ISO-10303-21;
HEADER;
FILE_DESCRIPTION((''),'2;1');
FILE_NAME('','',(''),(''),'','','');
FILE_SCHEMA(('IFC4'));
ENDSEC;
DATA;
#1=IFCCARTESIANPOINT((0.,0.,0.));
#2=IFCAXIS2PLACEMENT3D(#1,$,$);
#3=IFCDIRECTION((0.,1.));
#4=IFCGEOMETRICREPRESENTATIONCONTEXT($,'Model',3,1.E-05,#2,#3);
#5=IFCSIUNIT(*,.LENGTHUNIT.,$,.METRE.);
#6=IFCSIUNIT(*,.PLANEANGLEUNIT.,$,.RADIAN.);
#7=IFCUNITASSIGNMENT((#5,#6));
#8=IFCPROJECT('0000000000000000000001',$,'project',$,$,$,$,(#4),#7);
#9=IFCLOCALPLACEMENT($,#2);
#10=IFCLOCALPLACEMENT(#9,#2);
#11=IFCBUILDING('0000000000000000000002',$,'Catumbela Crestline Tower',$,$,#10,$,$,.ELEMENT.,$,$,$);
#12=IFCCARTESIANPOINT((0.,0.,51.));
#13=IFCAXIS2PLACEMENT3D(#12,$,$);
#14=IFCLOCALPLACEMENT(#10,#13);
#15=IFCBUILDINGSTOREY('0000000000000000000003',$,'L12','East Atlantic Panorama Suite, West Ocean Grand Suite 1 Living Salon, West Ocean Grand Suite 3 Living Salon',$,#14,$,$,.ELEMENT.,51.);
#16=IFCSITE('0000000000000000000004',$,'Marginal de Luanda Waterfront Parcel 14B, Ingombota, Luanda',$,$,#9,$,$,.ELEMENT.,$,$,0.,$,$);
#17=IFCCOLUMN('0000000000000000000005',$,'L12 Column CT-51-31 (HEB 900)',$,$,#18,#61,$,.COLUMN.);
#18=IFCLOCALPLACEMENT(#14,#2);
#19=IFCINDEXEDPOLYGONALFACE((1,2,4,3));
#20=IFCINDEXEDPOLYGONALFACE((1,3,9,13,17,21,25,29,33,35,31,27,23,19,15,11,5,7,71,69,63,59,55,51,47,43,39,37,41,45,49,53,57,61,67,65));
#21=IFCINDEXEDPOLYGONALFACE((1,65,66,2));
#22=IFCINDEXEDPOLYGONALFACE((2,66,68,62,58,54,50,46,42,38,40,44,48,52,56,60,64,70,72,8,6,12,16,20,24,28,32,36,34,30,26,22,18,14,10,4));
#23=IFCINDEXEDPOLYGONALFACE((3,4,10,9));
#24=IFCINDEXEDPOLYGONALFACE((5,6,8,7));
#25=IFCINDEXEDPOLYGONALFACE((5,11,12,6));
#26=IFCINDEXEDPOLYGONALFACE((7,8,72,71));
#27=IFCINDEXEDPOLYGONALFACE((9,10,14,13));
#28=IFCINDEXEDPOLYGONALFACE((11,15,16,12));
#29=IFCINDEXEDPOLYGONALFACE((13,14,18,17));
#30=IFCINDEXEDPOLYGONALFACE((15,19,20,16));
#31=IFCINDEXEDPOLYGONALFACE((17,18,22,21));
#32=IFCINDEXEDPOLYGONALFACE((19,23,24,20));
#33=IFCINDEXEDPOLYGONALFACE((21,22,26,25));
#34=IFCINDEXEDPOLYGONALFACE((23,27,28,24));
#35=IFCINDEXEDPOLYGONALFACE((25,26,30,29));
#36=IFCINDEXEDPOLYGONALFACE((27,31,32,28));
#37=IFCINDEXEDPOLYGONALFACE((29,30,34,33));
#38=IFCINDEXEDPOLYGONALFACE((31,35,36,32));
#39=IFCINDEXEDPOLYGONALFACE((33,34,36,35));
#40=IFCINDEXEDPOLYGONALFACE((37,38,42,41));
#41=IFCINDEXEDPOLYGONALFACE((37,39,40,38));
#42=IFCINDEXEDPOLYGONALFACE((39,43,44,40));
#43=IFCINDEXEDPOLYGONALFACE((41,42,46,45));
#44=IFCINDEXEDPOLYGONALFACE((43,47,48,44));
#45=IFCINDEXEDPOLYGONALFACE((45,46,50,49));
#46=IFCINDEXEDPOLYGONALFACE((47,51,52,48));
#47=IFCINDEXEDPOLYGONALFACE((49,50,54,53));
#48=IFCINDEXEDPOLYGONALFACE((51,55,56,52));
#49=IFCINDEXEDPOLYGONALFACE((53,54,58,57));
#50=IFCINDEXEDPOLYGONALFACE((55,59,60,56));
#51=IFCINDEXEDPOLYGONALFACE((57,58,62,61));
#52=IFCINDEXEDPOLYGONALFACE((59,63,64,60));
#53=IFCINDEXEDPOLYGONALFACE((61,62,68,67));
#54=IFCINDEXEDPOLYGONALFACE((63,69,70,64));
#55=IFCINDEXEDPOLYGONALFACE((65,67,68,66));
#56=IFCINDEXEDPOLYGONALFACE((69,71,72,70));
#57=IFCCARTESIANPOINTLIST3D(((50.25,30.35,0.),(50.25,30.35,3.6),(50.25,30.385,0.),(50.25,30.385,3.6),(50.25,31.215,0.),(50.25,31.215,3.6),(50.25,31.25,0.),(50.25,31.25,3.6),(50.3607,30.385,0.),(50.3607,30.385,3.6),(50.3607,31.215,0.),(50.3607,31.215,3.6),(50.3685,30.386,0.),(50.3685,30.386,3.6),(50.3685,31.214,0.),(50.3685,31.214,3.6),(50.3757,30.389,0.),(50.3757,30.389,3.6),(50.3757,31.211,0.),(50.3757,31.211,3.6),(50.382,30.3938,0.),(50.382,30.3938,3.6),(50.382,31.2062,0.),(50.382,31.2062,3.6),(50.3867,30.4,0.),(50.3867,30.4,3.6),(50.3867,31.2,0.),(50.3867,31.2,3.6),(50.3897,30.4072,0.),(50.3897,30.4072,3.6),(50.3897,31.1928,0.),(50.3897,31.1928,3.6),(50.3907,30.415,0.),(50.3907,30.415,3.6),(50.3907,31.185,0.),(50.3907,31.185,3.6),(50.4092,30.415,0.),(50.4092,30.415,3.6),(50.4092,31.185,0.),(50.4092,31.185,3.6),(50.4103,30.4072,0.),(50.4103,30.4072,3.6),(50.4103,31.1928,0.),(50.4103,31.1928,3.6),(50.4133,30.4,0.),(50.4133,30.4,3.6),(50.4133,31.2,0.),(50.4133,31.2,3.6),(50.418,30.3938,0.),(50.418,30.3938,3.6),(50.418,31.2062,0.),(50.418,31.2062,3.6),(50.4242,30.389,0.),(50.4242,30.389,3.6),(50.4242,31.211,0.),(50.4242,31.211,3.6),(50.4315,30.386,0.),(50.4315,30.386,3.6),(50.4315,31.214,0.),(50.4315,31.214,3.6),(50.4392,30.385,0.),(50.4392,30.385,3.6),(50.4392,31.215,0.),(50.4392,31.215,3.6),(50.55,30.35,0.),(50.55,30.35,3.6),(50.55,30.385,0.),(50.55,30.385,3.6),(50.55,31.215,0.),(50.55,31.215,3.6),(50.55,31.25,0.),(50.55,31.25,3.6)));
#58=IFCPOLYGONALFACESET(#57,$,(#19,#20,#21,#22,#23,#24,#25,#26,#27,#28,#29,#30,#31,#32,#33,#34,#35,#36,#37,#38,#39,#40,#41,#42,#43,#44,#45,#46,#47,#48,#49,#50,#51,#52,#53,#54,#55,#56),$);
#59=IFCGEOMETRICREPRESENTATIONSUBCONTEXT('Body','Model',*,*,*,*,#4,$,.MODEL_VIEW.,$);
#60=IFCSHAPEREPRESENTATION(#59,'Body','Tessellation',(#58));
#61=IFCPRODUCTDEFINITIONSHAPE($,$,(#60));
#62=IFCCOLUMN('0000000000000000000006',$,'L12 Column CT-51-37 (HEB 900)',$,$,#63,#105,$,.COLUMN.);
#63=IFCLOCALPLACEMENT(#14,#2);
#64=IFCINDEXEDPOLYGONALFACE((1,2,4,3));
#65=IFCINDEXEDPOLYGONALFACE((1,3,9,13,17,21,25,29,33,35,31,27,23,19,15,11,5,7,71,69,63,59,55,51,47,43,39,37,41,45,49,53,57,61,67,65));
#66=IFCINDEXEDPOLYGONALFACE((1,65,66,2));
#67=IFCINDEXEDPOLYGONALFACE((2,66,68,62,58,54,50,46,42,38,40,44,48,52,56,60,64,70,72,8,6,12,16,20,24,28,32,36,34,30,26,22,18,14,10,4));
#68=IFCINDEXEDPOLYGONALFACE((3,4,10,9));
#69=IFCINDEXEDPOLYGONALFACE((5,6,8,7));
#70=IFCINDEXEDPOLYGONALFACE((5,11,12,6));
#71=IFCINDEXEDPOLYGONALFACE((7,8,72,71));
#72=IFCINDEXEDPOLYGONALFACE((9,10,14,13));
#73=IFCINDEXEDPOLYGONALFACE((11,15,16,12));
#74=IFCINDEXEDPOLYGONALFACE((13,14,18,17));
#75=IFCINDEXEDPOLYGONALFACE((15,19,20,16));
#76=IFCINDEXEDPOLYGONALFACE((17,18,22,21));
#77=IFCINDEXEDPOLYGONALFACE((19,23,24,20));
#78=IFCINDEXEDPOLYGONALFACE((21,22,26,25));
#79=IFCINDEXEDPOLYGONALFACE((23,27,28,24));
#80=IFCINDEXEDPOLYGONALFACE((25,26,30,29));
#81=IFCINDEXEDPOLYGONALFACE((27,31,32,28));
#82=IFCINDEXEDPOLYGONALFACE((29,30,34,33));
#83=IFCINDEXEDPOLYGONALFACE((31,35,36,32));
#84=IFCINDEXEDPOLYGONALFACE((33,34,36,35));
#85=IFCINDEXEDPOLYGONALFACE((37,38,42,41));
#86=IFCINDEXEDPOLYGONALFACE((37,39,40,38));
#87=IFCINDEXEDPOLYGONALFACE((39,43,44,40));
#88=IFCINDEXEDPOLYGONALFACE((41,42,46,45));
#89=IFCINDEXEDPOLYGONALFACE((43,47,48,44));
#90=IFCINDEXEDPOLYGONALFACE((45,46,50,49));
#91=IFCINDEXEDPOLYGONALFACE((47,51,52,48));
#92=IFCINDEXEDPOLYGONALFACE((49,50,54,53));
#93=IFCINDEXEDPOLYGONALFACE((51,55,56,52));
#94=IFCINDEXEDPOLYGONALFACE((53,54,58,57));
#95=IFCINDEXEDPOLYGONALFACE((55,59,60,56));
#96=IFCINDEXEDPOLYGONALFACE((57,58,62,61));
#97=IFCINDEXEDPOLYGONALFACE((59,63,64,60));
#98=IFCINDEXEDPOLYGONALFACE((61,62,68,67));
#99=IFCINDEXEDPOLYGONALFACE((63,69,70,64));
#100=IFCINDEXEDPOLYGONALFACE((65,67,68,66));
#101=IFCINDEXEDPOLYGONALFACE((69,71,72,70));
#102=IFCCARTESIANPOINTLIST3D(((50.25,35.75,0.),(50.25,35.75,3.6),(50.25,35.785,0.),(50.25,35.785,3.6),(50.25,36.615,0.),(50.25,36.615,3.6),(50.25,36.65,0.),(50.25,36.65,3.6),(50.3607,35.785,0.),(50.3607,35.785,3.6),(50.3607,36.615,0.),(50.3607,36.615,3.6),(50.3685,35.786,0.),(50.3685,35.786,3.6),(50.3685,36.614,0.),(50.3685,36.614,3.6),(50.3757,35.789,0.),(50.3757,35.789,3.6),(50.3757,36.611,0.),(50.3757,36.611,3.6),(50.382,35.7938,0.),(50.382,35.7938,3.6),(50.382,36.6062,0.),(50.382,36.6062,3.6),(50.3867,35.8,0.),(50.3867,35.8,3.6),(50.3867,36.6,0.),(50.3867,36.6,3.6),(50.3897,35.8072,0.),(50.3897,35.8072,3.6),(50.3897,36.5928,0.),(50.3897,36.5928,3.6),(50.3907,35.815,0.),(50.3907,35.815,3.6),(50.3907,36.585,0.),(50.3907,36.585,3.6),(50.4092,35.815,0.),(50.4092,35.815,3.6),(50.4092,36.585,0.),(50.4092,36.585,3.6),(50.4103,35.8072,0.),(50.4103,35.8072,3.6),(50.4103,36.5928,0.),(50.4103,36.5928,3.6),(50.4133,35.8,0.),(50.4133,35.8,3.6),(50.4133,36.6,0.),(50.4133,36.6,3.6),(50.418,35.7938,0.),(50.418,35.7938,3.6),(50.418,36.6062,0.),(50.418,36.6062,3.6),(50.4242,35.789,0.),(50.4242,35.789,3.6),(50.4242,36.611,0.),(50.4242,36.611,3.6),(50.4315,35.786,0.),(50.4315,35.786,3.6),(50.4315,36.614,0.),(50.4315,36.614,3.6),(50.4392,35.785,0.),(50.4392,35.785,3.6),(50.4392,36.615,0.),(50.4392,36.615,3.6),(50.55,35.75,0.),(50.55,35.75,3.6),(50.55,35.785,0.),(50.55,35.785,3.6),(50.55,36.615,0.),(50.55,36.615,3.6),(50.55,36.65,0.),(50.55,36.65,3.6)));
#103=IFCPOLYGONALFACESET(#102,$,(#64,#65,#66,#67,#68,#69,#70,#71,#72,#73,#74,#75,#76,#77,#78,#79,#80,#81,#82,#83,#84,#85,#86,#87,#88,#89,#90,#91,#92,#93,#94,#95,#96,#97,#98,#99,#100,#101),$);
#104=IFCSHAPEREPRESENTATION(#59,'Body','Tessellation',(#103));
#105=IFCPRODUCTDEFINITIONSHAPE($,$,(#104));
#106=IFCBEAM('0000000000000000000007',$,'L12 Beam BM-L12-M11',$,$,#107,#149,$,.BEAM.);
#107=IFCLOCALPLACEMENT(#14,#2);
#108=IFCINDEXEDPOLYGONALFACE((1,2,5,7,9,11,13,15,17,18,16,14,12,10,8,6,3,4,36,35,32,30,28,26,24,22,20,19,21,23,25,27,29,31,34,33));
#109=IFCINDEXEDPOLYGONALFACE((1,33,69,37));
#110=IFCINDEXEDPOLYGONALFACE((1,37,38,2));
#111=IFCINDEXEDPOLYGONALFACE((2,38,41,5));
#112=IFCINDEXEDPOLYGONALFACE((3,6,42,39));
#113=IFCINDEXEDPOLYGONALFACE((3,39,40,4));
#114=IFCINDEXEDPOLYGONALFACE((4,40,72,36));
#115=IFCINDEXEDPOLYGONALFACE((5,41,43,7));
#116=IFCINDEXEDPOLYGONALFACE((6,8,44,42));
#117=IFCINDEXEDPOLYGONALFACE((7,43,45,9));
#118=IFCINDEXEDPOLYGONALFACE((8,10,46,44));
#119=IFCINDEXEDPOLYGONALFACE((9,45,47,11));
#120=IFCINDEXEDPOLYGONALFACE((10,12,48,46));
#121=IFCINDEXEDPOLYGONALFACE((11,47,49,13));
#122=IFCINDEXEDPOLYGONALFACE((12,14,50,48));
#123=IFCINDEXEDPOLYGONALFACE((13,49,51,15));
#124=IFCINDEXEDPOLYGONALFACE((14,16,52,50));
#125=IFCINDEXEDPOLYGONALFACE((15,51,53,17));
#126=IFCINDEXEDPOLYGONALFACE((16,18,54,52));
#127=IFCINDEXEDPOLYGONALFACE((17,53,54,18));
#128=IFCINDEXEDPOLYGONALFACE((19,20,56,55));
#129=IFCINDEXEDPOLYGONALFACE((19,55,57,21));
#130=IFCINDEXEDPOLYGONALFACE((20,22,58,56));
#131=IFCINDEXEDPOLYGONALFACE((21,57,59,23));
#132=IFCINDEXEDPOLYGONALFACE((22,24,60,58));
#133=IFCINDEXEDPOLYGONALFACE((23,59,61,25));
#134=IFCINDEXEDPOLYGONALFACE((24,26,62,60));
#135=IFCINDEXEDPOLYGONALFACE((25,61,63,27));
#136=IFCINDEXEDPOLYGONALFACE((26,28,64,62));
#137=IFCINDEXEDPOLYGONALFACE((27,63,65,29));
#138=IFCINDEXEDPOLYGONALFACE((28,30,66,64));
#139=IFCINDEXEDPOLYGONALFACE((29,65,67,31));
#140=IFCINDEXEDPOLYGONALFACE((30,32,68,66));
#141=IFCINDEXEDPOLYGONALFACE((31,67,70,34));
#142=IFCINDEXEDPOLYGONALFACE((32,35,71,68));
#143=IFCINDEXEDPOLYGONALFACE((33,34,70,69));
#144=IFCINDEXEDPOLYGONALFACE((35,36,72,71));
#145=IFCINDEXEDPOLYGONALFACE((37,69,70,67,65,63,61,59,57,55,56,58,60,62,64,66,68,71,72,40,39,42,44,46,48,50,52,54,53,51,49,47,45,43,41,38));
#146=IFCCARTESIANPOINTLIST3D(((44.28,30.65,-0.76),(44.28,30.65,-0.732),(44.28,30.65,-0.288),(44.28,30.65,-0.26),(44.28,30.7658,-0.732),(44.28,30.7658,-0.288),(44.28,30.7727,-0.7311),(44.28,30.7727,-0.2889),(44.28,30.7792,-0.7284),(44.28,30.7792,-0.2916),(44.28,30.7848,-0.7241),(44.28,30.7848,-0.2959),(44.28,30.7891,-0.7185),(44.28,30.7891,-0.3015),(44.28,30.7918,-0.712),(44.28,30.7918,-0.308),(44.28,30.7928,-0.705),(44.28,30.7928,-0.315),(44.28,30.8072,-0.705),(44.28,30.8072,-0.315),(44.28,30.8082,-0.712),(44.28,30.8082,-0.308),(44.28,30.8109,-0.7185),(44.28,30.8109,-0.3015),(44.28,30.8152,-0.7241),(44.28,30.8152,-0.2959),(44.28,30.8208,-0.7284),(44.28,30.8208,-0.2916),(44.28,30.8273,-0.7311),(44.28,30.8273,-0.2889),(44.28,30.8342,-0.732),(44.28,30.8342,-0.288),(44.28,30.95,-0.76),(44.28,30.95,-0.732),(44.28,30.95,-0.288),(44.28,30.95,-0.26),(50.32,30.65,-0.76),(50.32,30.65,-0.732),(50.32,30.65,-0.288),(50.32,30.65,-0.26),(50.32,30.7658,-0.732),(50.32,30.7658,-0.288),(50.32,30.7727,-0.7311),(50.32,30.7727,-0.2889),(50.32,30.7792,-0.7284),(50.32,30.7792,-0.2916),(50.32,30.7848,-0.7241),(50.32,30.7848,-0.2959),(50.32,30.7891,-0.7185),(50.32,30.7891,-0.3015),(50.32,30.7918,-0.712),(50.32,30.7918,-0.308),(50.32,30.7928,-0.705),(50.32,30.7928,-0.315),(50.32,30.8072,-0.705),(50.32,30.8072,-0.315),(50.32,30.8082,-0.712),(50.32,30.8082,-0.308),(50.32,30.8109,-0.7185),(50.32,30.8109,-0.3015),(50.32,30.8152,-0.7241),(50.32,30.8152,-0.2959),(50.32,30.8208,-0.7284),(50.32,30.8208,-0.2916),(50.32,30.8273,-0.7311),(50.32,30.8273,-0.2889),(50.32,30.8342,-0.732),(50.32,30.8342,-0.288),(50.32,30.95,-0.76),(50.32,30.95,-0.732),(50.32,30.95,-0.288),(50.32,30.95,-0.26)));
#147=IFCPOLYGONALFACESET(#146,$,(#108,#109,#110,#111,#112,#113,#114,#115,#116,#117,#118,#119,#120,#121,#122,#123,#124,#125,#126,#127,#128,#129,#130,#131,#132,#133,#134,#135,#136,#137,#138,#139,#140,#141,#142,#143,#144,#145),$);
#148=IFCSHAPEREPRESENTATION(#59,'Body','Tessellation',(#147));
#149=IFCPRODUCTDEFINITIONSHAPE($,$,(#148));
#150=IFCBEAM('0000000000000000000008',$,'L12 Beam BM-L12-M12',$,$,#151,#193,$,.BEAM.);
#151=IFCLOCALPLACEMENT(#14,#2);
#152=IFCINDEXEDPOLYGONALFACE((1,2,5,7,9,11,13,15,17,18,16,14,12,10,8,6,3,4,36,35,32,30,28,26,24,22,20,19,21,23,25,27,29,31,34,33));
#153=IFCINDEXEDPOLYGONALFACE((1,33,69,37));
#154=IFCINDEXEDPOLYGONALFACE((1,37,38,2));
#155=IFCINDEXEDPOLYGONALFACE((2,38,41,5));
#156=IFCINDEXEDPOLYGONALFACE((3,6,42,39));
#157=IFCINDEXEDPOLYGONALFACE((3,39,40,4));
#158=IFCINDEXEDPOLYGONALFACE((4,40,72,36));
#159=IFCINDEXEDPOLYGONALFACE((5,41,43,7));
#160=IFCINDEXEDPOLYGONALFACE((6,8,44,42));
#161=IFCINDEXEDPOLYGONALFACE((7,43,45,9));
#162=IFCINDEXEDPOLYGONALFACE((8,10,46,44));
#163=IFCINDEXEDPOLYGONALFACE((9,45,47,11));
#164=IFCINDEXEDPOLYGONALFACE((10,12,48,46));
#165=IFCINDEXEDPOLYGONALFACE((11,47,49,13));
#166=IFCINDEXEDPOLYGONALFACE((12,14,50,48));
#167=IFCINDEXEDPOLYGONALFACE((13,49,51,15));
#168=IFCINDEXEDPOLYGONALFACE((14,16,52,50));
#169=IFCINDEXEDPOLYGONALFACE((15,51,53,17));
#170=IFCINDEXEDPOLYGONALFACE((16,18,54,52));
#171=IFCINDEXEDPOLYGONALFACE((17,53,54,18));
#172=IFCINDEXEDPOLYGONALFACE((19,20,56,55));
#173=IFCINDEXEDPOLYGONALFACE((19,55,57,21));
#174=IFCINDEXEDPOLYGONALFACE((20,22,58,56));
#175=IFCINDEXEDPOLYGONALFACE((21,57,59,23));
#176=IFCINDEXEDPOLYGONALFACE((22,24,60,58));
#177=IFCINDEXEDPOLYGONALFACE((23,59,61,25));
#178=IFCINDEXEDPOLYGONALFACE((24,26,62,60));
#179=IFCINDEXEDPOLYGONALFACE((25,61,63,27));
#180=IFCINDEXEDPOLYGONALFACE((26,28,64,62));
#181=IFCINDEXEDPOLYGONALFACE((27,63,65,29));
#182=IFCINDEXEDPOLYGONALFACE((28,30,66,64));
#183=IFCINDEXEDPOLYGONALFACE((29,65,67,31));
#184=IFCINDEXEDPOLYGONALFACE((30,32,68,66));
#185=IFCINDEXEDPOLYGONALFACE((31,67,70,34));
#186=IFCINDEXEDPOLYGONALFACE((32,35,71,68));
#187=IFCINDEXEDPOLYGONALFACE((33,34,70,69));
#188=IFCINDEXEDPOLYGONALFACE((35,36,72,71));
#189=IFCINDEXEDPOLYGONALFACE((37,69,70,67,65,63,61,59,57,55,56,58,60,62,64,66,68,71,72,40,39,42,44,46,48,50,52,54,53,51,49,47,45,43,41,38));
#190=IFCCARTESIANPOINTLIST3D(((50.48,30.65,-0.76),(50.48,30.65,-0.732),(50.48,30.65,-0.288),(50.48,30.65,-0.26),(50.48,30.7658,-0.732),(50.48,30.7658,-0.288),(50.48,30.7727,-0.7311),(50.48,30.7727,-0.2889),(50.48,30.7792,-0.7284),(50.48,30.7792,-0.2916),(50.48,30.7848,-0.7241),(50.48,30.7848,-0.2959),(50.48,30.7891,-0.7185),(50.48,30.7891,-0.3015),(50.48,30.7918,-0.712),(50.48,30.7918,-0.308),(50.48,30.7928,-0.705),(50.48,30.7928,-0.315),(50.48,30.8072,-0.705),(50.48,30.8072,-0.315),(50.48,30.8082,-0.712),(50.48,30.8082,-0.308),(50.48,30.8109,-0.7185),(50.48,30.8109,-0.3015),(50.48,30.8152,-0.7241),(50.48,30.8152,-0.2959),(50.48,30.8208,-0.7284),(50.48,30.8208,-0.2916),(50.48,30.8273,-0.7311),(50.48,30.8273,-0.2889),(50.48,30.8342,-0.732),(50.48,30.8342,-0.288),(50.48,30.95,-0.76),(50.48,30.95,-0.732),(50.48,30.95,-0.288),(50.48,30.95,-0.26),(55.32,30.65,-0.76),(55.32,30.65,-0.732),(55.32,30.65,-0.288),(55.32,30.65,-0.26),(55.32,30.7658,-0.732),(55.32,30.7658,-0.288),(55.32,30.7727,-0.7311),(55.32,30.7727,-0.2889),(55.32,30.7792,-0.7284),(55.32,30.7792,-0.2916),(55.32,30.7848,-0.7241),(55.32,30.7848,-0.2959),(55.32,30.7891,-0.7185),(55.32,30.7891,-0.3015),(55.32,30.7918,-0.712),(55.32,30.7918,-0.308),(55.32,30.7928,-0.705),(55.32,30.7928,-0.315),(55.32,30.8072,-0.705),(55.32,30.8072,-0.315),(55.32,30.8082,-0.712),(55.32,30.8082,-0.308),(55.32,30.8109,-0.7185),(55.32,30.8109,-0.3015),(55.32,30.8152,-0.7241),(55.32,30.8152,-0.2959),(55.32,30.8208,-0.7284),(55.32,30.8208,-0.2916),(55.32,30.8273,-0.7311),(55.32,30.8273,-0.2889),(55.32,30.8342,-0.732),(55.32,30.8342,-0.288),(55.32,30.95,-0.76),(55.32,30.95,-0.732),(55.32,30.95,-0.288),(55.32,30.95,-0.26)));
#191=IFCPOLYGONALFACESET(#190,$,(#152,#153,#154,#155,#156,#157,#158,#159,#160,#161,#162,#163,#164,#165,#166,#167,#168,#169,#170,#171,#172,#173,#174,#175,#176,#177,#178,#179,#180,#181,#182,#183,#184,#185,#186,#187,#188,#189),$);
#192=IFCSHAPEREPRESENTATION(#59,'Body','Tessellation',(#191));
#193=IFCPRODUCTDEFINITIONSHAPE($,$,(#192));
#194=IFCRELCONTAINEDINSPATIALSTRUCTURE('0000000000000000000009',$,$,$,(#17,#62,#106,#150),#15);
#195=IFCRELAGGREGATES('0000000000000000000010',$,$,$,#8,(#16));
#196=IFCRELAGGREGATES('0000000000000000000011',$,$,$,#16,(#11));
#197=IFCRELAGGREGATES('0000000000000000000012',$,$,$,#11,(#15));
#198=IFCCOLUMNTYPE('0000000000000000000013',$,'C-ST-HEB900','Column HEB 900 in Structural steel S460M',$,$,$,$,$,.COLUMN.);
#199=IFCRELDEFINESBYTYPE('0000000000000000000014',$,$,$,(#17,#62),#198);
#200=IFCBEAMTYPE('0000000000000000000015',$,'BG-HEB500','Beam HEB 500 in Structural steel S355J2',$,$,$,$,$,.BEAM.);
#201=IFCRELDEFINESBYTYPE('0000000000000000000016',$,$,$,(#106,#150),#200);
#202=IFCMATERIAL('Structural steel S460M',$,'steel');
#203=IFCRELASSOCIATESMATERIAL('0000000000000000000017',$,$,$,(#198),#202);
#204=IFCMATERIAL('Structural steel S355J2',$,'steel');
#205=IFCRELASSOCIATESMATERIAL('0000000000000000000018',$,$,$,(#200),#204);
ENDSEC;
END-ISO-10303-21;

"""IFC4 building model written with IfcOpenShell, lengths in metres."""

from ifc_helpers import new_model, si_unit, direction, frame, origin, origin_2d, place, context, subcontext, project, spatial, i_section, extrude, material, material_profile, profile_set, type_object, element, save


model = new_model("IFC4")

# Units and contexts
model_context = context("Model", 3, precision=1e-05, world=origin(), true_north=direction((0.0, 1.0)))
body_context = subcontext(model_context, "Body", "Model", "MODEL_VIEW")
ifc_project = project(units=[si_unit("LENGTHUNIT", "METRE"), si_unit("PLANEANGLEUNIT", "RADIAN")], contexts=[model_context])

# Site, building, storey
site_placement = place(None, origin())
site = spatial("IfcSite", under=ifc_project, at=site_placement, Name="Marginal de Luanda Waterfront Parcel 14B, Ingombota, Luanda", CompositionType="ELEMENT", RefElevation=0.0)
building_placement = place(site_placement, origin())
building = spatial("IfcBuilding", under=site, at=building_placement, Name="Catumbela Crestline Tower", CompositionType="ELEMENT")
storey_placement = place(building_placement, frame((0.0, 0.0, 51.0)))
storey = spatial("IfcBuildingStorey", under=building, at=storey_placement, Name="L12", Description="East Atlantic Panorama Suite, West Ocean Grand Suite 1 Living Salon, West Ocean Grand Suite 3 Living Salon", CompositionType="ELEMENT", Elevation=51.0)

# Columns
ifc_material_1 = material(Name="Structural steel S460M", Category="steel")
ifc_material_profile_1 = material_profile(ifc_material_1, i_section(OverallWidth=0.3, OverallDepth=0.9, WebThickness=0.0185, FlangeThickness=0.035, FilletRadius=0.03, at=origin_2d()), Name="HEB 900")
ifc_profile_set_1 = profile_set([ifc_material_profile_1], Name="Structural steel S460M")
column_type_1 = type_object("IfcColumnType", Name="C-ST-HEB900", Description="Column HEB 900 in Structural steel S460M", PredefinedType="COLUMN", material=ifc_profile_set_1)
for number, where, z_axis, x_axis, name in (
    (1, (50.4, 30.8, 0.0), (0.0, 0.0, 1.0), (1.0, 0.0, 0.0), "L12 Column CT-51-31 (HEB 900)"),
    (2, (50.4, 36.2, 0.0), (0.0, 0.0, 1.0), (1.0, 0.0, 0.0), "L12 Column CT-51-37 (HEB 900)"),
):
    element("IfcColumn", number, at=place(storey_placement, frame(where, z_axis=z_axis, x_axis=x_axis)), inside=storey, type_object=column_type_1, Name=name, PredefinedType="COLUMN", context=body_context, shape_type="SweptSolid", body=[
        extrude(i_section(OverallWidth=0.3, OverallDepth=0.9, WebThickness=0.0185, FlangeThickness=0.035, FilletRadius=0.03, at=origin_2d()), origin(), (0.0, 0.0, 1.0), 3.6),
    ])

# Beams
ifc_material_2 = material(Name="Structural steel S355J2", Category="steel")
ifc_material_profile_2 = material_profile(ifc_material_2, i_section(OverallWidth=0.3, OverallDepth=0.5, WebThickness=0.0145, FlangeThickness=0.028, FilletRadius=0.027, at=origin_2d()), Name="HEB 500")
ifc_profile_set_2 = profile_set([ifc_material_profile_2], Name="Structural steel S355J2")
beam_type_1 = type_object("IfcBeamType", Name="BG-HEB500", Description="Beam HEB 500 in Structural steel S355J2", PredefinedType="BEAM", material=ifc_profile_set_2)
beam_1_placement = place(storey_placement, frame((44.28, 30.8, -0.51), z_axis=(1.0, 0.0, 0.0), x_axis=(0.0, 1.0, 0.0)))
element("IfcBeam", 3, at=beam_1_placement, inside=storey, type_object=beam_type_1, Name="L12 Beam BM-L12-M11", PredefinedType="BEAM", context=body_context, shape_type="SweptSolid", body=[
    extrude(i_section(OverallWidth=0.3, OverallDepth=0.5, WebThickness=0.0145, FlangeThickness=0.028, FilletRadius=0.027, at=origin_2d()), origin(), (0.0, 0.0, 1.0), 6.04),
])
beam_2_placement = place(storey_placement, frame((50.48, 30.8, -0.51), z_axis=(1.0, 0.0, 0.0), x_axis=(0.0, 1.0, 0.0)))
element("IfcBeam", 4, at=beam_2_placement, inside=storey, type_object=beam_type_1, Name="L12 Beam BM-L12-M12", PredefinedType="BEAM", context=body_context, shape_type="SweptSolid", body=[
    extrude(i_section(OverallWidth=0.3, OverallDepth=0.5, WebThickness=0.0145, FlangeThickness=0.028, FilletRadius=0.027, at=origin_2d()), origin(), (0.0, 0.0, 1.0), 4.84),
])

save(model, "model.ifc")
